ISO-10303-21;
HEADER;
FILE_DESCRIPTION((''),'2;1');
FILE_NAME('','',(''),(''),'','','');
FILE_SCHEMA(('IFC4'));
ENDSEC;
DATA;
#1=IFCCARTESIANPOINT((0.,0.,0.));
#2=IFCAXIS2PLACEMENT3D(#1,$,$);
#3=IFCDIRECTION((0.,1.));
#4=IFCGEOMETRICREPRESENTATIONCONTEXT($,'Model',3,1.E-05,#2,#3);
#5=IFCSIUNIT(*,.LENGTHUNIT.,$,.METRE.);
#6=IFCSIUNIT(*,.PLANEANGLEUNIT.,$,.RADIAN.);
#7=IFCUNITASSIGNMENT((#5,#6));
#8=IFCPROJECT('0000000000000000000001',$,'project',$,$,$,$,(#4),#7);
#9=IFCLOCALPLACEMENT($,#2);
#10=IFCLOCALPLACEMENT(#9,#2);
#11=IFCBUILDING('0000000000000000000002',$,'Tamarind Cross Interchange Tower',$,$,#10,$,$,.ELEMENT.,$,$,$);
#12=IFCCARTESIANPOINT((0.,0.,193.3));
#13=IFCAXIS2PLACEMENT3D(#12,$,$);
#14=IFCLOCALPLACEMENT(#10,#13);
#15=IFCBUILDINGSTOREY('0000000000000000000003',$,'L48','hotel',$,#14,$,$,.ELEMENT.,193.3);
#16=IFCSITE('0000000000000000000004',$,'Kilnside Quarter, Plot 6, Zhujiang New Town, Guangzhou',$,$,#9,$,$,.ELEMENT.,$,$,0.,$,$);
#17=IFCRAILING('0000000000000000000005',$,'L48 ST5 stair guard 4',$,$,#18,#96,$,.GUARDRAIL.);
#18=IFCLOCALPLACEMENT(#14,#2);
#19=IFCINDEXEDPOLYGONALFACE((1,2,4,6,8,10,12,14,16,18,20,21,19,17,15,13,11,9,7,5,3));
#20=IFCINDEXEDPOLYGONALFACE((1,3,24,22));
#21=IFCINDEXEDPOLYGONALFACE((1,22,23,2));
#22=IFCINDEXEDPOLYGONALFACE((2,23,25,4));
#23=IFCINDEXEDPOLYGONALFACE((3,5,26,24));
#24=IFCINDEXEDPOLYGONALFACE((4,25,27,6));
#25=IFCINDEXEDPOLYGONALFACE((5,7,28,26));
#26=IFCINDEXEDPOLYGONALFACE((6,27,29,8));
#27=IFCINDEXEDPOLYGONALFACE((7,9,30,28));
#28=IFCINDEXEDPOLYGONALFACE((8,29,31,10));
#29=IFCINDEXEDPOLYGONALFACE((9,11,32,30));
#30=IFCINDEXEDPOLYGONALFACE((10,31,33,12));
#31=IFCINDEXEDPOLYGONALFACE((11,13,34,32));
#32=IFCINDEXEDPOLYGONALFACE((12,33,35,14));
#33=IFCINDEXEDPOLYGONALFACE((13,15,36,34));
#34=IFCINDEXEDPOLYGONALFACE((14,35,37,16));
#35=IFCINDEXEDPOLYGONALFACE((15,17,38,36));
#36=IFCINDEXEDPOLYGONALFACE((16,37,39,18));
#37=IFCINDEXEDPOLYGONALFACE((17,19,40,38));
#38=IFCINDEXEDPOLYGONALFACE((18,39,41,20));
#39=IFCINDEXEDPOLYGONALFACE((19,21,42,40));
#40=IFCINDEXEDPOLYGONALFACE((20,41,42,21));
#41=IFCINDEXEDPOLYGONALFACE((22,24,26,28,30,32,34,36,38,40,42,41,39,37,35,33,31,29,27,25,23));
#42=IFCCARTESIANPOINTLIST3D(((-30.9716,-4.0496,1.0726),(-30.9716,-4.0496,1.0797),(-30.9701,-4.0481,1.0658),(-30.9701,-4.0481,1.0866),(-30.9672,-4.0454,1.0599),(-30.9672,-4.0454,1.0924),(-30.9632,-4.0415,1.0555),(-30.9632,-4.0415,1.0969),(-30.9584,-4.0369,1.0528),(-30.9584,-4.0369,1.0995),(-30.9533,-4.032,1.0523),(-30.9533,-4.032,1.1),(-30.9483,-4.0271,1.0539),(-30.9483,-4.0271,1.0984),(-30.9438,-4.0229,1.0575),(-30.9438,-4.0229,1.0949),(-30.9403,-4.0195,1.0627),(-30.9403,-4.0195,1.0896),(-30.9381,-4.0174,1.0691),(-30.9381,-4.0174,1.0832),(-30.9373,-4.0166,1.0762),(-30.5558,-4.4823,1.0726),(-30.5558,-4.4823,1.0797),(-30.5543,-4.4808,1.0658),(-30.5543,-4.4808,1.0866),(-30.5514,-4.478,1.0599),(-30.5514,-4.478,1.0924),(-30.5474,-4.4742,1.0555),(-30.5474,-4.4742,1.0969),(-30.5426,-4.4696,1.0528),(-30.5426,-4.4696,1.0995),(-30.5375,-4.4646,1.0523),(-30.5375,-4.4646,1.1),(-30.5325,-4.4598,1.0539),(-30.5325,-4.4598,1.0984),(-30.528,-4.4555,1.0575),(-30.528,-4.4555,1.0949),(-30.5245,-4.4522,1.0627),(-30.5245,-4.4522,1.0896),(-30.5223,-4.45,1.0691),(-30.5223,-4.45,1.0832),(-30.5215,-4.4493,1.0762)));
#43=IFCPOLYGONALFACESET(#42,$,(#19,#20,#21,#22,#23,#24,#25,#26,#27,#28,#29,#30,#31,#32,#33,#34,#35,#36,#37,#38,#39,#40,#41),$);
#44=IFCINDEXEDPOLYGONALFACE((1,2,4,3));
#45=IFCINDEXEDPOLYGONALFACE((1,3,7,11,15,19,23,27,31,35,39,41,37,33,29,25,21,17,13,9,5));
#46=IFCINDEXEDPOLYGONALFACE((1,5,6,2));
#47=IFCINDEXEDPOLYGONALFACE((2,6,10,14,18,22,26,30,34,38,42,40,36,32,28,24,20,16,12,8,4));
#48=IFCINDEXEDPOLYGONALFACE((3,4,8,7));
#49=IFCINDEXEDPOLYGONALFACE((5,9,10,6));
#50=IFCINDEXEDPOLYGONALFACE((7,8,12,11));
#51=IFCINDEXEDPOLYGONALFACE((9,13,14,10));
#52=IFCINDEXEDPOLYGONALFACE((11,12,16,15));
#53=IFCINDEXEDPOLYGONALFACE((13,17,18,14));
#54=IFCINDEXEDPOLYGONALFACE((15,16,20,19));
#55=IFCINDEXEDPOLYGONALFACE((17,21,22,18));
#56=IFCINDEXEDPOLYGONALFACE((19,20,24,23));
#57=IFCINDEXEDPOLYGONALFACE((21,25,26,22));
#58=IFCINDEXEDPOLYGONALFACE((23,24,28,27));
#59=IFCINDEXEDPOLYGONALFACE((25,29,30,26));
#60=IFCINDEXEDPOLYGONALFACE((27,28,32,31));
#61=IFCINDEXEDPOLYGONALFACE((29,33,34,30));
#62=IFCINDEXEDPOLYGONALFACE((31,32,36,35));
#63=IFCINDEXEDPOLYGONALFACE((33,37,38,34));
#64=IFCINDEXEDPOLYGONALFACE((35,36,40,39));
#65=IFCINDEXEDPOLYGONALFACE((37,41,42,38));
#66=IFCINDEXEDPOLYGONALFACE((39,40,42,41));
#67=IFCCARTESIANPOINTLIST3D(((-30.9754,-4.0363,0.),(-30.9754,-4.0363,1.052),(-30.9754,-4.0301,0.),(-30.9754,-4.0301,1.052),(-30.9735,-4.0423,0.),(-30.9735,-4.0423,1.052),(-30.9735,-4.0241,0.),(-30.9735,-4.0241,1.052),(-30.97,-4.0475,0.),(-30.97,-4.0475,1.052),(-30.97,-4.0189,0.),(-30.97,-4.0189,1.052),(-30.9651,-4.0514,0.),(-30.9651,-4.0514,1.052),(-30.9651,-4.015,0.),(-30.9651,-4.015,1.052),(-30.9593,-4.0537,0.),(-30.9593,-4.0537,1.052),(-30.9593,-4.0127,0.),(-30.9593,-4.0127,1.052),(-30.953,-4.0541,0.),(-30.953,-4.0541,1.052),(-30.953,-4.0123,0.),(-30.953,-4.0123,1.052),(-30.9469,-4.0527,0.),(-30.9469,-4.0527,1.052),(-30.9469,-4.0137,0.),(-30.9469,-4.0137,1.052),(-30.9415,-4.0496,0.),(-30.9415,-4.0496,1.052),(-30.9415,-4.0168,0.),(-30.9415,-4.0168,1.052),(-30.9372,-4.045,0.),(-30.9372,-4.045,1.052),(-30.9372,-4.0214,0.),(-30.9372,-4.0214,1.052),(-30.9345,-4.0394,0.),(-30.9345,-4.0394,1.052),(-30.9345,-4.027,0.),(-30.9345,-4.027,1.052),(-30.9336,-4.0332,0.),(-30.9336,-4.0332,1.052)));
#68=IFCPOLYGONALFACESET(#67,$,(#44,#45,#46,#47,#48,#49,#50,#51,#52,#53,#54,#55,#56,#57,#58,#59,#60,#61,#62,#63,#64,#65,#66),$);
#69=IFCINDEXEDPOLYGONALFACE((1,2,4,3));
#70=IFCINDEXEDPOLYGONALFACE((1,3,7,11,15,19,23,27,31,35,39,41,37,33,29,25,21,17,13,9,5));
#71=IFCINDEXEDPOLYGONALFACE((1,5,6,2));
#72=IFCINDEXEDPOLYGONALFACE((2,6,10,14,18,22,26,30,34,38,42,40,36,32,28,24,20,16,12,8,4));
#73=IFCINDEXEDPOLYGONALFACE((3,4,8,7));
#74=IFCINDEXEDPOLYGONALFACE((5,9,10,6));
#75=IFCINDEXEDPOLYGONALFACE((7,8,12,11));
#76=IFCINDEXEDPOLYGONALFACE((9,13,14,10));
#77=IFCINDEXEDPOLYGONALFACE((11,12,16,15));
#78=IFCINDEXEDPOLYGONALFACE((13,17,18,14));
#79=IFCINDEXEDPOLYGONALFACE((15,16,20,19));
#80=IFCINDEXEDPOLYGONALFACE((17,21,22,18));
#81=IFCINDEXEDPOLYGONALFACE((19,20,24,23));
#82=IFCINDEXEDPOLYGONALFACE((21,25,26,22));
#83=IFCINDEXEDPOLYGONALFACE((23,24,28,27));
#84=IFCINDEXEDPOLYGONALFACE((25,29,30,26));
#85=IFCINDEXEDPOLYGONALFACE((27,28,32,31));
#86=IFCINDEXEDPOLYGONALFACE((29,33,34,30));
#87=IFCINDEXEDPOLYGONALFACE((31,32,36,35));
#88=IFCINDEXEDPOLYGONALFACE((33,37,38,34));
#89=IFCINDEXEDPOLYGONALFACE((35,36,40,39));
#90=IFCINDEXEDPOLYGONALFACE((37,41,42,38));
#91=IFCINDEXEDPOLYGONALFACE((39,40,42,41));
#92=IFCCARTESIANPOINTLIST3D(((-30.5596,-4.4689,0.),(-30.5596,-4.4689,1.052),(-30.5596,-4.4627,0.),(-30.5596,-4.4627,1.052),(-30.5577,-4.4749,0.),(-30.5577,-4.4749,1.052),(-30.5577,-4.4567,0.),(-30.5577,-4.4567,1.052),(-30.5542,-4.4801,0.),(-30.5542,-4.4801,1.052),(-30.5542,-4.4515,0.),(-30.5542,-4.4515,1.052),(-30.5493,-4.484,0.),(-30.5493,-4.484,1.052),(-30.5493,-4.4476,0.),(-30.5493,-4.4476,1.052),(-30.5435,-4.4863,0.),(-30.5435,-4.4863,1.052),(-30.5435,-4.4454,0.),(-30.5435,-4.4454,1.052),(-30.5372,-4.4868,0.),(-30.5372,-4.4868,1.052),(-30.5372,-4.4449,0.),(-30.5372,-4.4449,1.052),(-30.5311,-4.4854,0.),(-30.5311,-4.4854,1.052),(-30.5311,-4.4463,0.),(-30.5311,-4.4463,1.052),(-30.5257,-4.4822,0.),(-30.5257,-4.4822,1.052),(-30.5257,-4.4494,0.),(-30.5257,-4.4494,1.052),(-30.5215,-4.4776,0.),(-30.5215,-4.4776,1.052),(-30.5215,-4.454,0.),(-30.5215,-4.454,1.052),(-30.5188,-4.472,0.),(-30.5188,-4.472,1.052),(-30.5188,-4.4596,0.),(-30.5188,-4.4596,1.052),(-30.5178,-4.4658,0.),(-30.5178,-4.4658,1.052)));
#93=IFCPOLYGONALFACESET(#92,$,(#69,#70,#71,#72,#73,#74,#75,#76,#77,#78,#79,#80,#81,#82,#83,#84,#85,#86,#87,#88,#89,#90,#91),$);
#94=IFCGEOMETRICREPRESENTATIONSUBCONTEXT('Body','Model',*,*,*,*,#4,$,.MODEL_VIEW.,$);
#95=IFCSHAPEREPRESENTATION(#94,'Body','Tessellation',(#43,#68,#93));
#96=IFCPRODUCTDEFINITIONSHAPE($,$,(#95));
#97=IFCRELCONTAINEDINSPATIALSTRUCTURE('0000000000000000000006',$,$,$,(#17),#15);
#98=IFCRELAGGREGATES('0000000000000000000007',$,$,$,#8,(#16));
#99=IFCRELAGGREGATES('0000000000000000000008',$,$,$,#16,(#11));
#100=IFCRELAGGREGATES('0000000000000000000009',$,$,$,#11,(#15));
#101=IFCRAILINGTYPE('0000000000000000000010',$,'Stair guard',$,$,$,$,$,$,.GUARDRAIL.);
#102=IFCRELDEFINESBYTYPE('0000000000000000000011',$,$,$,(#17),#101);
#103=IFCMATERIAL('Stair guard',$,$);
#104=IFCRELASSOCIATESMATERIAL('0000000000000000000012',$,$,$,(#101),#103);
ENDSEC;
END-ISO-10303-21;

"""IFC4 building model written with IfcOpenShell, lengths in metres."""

from ifc_helpers import new_model, si_unit, direction, frame, origin, origin_2d, place, context, subcontext, project, spatial, circle, extrude, material, type_object, element, save


model = new_model("IFC4")

# Units and contexts
model_context = context("Model", 3, precision=1e-05, world=origin(), true_north=direction((0.0, 1.0)))
body_context = subcontext(model_context, "Body", "Model", "MODEL_VIEW")
ifc_project = project(units=[si_unit("LENGTHUNIT", "METRE"), si_unit("PLANEANGLEUNIT", "RADIAN")], contexts=[model_context])

# Site, building, storey
site_placement = place(None, origin())
site = spatial("IfcSite", under=ifc_project, at=site_placement, Name="Kilnside Quarter, Plot 6, Zhujiang New Town, Guangzhou", CompositionType="ELEMENT", RefElevation=0.0)
building_placement = place(site_placement, origin())
building = spatial("IfcBuilding", under=site, at=building_placement, Name="Tamarind Cross Interchange Tower", CompositionType="ELEMENT")
storey_placement = place(building_placement, frame((0.0, 0.0, 193.3)))
storey = spatial("IfcBuildingStorey", under=building, at=storey_placement, Name="L48", Description="hotel", CompositionType="ELEMENT", Elevation=193.3)

# Railing
ifc_material_1 = material(Name="Stair guard")
railing_type_1 = type_object("IfcRailingType", Name="Stair guard", PredefinedType="GUARDRAIL", material=ifc_material_1)
railing_1_placement = place(storey_placement, frame((-30.9546, -4.0332, 0.0)))
element("IfcRailing", 1, at=railing_1_placement, inside=storey, type_object=railing_type_1, Name="L48 ST5 stair guard 4", PredefinedType="GUARDRAIL", context=body_context, shape_type="SweptSolid", body=[
    extrude(circle(Radius=0.0239, at=origin_2d()), frame((0.0, 0.0, 1.0762), z_axis=(0.69293, -0.721005, 0.0), x_axis=(0.721005, 0.69293, 0.0)), (0.0, 0.0, 1.0), 0.6001),
    extrude(circle(Radius=0.021, at=origin_2d()), origin(), (0.0, 0.0, 1.0), 1.052),
    extrude(circle(Radius=0.021, at=origin_2d()), frame((0.4158, -0.4326, 0.0)), (0.0, 0.0, 1.0), 1.052),
])

save(model, "model.ifc")
